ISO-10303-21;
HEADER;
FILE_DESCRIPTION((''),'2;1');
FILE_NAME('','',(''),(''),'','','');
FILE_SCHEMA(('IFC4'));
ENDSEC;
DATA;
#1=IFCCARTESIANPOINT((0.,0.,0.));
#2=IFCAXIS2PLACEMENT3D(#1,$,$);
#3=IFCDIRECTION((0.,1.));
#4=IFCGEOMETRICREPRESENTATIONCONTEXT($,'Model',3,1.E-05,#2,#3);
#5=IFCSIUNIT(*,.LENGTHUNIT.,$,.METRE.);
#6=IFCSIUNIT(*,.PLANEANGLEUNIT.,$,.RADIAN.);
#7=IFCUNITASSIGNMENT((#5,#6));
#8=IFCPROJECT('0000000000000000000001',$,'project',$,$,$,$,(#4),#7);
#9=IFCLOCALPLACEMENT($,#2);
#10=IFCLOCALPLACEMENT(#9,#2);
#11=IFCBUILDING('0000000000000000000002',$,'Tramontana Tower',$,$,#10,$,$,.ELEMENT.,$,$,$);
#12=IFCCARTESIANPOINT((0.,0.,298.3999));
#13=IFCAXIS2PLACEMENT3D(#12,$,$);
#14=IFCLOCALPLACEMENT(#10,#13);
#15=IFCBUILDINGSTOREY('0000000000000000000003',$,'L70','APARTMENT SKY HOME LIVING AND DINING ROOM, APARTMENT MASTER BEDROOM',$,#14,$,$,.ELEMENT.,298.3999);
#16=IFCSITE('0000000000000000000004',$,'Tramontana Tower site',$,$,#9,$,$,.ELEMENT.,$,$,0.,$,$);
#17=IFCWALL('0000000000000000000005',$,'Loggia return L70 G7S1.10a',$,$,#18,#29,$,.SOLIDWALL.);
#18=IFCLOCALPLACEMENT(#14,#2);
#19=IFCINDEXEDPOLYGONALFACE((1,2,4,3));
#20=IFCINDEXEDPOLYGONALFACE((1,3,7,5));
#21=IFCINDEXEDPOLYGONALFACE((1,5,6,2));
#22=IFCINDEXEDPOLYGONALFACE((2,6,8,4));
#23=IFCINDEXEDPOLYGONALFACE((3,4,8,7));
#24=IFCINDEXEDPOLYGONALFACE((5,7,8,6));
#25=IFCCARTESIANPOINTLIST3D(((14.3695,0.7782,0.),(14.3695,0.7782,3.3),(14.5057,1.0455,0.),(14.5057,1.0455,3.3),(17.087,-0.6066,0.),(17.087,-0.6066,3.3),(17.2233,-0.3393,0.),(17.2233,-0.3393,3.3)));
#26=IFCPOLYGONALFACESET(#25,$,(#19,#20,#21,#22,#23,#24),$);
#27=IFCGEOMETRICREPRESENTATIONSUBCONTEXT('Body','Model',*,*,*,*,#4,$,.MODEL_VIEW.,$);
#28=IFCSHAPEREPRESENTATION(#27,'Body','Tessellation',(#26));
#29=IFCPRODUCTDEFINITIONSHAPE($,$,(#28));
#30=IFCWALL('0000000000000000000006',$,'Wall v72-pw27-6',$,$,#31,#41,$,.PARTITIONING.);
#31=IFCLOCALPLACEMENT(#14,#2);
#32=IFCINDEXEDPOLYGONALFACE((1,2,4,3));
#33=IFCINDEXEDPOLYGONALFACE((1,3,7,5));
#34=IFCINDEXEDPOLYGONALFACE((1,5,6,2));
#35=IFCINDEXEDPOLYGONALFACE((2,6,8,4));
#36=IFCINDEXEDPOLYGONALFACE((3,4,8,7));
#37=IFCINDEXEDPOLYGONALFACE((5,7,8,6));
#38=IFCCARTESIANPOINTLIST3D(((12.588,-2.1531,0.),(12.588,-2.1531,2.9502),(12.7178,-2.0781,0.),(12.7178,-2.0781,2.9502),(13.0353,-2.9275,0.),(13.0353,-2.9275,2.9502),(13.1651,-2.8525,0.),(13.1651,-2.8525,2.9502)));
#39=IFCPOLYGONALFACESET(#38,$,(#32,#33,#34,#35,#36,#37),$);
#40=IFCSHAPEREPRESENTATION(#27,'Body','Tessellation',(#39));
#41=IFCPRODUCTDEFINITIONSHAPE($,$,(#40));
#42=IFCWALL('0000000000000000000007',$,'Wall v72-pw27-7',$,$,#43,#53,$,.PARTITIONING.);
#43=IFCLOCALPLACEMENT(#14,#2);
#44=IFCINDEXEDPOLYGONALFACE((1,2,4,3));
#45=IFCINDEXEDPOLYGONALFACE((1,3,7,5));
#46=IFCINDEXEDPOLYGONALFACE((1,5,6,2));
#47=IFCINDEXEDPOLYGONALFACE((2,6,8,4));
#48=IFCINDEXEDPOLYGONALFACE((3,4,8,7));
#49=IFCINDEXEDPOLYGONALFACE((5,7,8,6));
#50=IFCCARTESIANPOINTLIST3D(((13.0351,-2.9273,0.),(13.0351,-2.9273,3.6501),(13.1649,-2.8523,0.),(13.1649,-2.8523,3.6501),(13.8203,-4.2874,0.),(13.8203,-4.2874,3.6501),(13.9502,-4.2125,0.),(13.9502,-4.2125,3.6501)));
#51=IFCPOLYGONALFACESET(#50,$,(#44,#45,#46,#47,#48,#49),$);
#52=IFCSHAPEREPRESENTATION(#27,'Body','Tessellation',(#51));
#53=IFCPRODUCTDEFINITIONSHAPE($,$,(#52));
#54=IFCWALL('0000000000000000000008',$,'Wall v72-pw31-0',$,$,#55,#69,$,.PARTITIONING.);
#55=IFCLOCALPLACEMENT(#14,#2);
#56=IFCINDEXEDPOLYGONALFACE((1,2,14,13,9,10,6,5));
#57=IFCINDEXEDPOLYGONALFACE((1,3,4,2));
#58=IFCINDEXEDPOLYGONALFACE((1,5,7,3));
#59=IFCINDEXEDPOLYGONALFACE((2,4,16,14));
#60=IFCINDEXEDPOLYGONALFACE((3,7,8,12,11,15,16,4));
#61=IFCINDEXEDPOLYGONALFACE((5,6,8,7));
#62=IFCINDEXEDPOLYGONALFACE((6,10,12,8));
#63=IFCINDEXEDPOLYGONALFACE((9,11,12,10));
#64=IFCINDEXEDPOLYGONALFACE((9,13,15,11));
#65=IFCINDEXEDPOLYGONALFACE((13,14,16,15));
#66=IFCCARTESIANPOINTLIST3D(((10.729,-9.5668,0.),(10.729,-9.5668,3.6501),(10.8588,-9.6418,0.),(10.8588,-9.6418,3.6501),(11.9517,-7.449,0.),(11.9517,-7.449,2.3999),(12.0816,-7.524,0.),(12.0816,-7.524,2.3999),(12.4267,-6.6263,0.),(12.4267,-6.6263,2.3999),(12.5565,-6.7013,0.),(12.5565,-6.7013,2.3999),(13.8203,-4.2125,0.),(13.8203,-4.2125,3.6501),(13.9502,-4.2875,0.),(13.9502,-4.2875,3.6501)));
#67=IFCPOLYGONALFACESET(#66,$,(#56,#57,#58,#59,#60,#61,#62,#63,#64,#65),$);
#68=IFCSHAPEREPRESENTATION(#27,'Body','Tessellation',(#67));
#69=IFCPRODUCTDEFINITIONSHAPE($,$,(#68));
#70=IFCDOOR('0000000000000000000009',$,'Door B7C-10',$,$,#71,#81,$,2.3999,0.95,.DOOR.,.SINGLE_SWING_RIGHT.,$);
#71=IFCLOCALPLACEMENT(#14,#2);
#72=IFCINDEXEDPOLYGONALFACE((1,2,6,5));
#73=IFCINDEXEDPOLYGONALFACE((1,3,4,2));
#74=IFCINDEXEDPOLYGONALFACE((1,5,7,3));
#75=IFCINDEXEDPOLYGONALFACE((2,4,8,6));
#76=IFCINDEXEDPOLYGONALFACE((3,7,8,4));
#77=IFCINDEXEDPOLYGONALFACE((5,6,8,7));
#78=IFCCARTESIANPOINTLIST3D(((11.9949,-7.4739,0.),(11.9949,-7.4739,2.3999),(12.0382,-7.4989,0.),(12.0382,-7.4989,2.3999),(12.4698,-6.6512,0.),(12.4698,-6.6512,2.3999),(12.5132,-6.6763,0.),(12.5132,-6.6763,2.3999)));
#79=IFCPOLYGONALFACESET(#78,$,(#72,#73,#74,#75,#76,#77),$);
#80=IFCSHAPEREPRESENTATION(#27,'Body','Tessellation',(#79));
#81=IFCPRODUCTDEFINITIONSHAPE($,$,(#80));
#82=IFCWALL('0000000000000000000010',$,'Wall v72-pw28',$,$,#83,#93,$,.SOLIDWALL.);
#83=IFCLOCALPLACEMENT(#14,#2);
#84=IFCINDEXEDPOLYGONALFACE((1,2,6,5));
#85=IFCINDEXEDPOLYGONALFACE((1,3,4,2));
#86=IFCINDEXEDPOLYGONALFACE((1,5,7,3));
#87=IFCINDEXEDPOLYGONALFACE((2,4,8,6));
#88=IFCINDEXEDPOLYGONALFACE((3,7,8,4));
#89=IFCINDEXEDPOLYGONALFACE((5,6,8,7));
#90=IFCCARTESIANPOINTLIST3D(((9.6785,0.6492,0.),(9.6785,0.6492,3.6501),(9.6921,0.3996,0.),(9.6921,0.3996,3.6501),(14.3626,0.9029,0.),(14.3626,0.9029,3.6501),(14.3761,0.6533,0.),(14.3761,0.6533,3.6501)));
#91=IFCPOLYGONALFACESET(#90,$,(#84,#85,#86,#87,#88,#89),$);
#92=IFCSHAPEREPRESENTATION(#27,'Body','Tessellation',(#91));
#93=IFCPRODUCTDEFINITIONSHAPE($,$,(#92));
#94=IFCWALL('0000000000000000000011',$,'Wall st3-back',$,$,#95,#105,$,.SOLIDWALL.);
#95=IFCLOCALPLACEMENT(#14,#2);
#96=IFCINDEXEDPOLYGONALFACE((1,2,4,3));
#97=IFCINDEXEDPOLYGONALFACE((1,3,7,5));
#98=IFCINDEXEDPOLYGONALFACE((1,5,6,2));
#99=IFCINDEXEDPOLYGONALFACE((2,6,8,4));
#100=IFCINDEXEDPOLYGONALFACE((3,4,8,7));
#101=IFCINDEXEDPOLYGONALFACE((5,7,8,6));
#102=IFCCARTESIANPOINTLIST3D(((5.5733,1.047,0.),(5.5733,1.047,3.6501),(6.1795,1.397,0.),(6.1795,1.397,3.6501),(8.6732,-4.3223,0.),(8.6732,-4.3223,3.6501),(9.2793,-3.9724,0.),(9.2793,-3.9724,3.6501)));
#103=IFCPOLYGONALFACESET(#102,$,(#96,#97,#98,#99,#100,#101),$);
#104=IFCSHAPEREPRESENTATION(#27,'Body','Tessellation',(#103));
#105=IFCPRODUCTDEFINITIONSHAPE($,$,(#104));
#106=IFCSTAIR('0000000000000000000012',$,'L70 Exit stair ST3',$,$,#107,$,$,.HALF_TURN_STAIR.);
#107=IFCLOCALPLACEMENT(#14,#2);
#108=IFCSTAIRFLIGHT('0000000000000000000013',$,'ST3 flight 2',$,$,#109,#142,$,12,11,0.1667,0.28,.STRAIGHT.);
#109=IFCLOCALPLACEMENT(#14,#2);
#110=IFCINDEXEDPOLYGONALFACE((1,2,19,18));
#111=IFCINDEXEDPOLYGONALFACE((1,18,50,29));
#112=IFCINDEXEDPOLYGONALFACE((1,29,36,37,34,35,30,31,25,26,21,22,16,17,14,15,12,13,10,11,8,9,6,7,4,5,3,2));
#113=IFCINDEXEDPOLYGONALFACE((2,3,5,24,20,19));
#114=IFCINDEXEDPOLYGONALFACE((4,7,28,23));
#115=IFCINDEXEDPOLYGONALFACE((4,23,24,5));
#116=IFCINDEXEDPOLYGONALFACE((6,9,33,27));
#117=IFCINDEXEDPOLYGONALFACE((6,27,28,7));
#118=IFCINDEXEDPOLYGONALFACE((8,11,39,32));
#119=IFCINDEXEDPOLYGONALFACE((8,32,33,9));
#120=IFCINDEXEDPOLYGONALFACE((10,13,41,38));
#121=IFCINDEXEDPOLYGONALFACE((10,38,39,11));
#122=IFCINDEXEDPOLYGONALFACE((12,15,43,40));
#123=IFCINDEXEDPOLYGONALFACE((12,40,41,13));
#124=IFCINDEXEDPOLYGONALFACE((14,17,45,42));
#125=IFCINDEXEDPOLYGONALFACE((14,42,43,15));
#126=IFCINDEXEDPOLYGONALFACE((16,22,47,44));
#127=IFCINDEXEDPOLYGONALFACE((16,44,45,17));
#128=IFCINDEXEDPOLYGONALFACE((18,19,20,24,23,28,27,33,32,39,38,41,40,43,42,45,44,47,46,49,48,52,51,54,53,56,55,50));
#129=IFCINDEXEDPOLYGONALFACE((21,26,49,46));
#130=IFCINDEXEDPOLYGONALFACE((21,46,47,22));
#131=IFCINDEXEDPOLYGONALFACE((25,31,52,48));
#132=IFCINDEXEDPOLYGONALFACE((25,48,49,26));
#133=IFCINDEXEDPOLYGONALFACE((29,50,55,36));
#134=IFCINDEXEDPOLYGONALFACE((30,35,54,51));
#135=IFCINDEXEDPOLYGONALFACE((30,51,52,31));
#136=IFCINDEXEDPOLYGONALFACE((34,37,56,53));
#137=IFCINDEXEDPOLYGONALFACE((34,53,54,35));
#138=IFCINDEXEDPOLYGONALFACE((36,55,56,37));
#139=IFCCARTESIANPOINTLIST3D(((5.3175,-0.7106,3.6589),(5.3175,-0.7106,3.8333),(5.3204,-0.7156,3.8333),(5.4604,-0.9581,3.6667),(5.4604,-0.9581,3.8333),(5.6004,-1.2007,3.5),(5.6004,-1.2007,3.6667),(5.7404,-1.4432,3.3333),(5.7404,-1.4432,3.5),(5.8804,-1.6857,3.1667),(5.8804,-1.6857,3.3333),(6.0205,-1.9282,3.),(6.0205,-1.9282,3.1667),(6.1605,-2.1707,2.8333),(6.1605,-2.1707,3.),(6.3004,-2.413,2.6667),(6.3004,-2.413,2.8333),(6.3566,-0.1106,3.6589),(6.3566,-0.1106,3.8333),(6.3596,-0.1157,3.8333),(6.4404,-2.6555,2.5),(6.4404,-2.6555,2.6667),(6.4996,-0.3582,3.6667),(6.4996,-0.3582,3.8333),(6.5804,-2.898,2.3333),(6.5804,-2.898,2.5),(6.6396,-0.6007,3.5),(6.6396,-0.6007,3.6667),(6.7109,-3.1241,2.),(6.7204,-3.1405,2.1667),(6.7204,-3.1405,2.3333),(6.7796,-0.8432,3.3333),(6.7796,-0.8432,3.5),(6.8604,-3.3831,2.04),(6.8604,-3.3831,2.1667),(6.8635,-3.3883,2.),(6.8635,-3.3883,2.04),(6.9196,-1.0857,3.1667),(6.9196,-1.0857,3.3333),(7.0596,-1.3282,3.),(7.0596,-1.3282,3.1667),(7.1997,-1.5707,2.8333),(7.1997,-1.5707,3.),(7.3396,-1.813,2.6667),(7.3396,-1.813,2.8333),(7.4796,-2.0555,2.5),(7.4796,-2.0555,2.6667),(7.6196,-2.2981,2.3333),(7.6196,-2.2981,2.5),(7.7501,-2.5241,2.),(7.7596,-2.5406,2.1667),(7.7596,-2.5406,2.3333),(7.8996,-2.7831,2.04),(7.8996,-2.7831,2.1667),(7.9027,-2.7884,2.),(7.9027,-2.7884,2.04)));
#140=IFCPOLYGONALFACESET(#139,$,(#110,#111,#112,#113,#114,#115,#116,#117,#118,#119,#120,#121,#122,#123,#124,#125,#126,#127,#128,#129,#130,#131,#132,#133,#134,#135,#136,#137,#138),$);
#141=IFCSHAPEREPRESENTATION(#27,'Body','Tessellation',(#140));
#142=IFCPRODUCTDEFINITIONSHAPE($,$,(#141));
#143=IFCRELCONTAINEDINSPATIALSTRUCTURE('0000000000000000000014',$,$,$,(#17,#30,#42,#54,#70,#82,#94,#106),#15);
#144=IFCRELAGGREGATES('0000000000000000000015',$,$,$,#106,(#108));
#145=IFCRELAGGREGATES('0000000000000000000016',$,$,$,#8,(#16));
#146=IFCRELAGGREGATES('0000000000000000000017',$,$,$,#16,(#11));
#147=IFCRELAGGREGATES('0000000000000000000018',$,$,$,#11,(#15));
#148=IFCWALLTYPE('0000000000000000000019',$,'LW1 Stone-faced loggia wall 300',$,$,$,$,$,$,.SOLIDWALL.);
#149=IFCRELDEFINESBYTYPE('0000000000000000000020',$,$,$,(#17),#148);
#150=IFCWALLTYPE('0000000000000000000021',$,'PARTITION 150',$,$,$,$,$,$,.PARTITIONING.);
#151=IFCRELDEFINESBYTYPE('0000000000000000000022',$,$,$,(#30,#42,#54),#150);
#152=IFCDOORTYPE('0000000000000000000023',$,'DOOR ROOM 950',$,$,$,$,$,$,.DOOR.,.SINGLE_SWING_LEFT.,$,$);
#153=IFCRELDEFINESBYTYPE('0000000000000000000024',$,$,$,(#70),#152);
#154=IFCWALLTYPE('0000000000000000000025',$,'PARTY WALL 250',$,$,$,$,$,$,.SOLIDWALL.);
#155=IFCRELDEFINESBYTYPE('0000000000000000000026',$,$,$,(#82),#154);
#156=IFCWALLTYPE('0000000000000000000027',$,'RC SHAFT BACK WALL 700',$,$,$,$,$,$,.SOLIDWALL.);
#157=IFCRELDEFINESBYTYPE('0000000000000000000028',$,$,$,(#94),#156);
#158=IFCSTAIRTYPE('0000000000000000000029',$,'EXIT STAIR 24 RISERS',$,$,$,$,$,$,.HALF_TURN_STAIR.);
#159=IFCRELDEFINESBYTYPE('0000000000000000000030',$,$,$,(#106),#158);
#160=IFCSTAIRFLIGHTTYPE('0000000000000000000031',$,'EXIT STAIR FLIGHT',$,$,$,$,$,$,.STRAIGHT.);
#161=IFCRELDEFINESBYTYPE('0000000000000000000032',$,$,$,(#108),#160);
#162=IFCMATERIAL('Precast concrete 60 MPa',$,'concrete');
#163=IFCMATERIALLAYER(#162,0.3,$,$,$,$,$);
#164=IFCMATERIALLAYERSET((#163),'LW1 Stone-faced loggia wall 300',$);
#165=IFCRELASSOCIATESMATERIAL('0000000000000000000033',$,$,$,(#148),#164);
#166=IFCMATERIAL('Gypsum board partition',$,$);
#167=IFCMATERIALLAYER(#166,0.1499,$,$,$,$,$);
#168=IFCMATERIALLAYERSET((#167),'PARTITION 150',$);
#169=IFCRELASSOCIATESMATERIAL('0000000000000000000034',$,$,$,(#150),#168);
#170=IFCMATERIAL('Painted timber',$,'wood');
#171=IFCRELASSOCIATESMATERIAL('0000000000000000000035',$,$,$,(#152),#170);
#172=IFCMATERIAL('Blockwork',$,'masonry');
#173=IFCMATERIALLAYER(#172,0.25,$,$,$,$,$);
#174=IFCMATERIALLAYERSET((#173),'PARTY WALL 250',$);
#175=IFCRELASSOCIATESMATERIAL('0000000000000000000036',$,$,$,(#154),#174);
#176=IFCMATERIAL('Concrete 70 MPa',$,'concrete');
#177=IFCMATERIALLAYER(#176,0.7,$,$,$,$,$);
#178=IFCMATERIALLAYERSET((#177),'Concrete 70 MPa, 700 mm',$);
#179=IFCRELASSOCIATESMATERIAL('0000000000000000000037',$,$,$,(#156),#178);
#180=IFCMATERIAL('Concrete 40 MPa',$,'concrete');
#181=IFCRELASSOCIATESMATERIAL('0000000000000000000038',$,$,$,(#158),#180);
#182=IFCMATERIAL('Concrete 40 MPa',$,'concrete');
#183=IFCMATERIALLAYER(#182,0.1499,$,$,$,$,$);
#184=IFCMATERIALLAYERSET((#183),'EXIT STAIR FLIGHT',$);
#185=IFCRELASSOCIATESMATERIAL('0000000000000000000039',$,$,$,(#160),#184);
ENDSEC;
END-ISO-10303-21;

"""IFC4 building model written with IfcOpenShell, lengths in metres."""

from ifc_helpers import new_model, si_unit, direction, frame, frame_2d, origin, place, context, subcontext, project, spatial, polyline, rectangle, outline, extrude, material, layer, layer_set, type_object, element, fill, aggregate, save


model = new_model("IFC4")

# Units and contexts
model_context = context("Model", 3, precision=1e-05, world=origin(), true_north=direction((0.0, 1.0)))
body_context = subcontext(model_context, "Body", "Model", "MODEL_VIEW")
ifc_project = project(units=[si_unit("LENGTHUNIT", "METRE"), si_unit("PLANEANGLEUNIT", "RADIAN")], contexts=[model_context])

# Site, building, storey
site_placement = place(None, origin())
site = spatial("IfcSite", under=ifc_project, at=site_placement, Name="Tramontana Tower site", CompositionType="ELEMENT", RefElevation=0.0)
building_placement = place(site_placement, origin())
building = spatial("IfcBuilding", under=site, at=building_placement, Name="Tramontana Tower", CompositionType="ELEMENT")
storey_placement = place(building_placement, frame((0.0, 0.0, 298.3999)))
storey = spatial("IfcBuildingStorey", under=building, at=storey_placement, Name="L70", Description="APARTMENT SKY HOME LIVING AND DINING ROOM, APARTMENT MASTER BEDROOM", CompositionType="ELEMENT", Elevation=298.3999)

# Walls
ifc_material_1 = material(Name="Precast concrete 60 MPa", Category="concrete")
ifc_layer_1 = layer(ifc_material_1, 0.3)
ifc_layer_set_1 = layer_set([ifc_layer_1], Name="LW1 Stone-faced loggia wall 300")
wall_type_1 = type_object("IfcWallType", Name="LW1 Stone-faced loggia wall 300", PredefinedType="SOLIDWALL", material=ifc_layer_set_1)
wall_1_placement = place(storey_placement, frame((17.155, -0.4729, 0.0), z_axis=(0.0, 0.0, 1.0), x_axis=(-0.890991, 0.454021, 0.0)))
element("IfcWall", 1, at=wall_1_placement, inside=storey, type_object=wall_type_1, Name="Loggia return L70 G7S1.10a", PredefinedType="SOLIDWALL", context=body_context, shape_type="SweptSolid", body=[
    extrude(rectangle(XDim=3.05, YDim=0.3, at=frame_2d((1.5249, 0.0))), origin(), (0.0, 0.0, 1.0), 3.3),
])
ifc_material_2 = material(Name="Gypsum board partition")
ifc_layer_2 = layer(ifc_material_2, 0.1499)
ifc_layer_set_2 = layer_set([ifc_layer_2], Name="PARTITION 150")
wall_type_2 = type_object("IfcWallType", Name="PARTITION 150", PredefinedType="PARTITIONING", material=ifc_layer_set_2)
wall_2_placement = place(storey_placement, frame((12.6528, -2.1155, 0.0), z_axis=(0.0, 0.0, 1.0), x_axis=(0.500132, -0.865949, 0.0)))
element("IfcWall", 2, at=wall_2_placement, inside=storey, type_object=wall_type_2, Name="Wall v72-pw27-6", PredefinedType="PARTITIONING", context=body_context, shape_type="SweptSolid", body=[
    extrude(rectangle(XDim=0.8943, YDim=0.1499, at=frame_2d((0.4473, 0.0))), origin(), (0.0, 0.0, 1.0), 2.9502),
])
wall_3_placement = place(storey_placement, frame((13.1001, -2.8899, 0.0), z_axis=(0.0, 0.0, 1.0), x_axis=(0.499951, -0.866054, 0.0)))
element("IfcWall", 3, at=wall_3_placement, inside=storey, type_object=wall_type_2, Name="Wall v72-pw27-7", PredefinedType="PARTITIONING", context=body_context, shape_type="SweptSolid", body=[
    extrude(rectangle(XDim=1.5706, YDim=0.1499, at=frame_2d((0.7852, 0.0))), origin(), (0.0, 0.0, 1.0), 3.6501),
])

# Wall, opening, door
wall_4_placement = place(storey_placement, frame((13.8853, -4.25, 0.0), z_axis=(0.0, 0.0, 1.0), x_axis=(-0.500004, -0.866023, 0.0)))
wall_4 = element("IfcWall", 4, at=wall_4_placement, inside=storey, type_object=wall_type_2, Name="Wall v72-pw31-0", PredefinedType="PARTITIONING", context=body_context, shape_type="SweptSolid", body=[
    extrude(rectangle(XDim=6.1826, YDim=0.1499, at=frame_2d((3.0913, 0.0))), origin(), (0.0, 0.0, 1.0), 3.6501),
])
opening_1_placement = place(wall_4_placement, frame((2.7871, 0.0, 0.0)))
opening_1 = element("IfcOpeningElement", 5, at=opening_1_placement, cuts=wall_4, PredefinedType="OPENING", context=body_context, shape_type="SweptSolid", body=[
    extrude(rectangle(XDim=0.95, YDim=2.3999, at=frame_2d((0.4751, 1.2))), frame((0.0, 0.085, 0.0), z_axis=(0.0, -1.0, 0.0), x_axis=(1.0, 0.0, 0.0)), (0.0, 0.0, 1.0), 0.1699),
])
ifc_material_3 = material(Name="Painted timber", Category="wood")
door_type_1 = type_object("IfcDoorType", Name="DOOR ROOM 950", OperationType="SINGLE_SWING_LEFT", PredefinedType="DOOR", material=ifc_material_3)
door_1_placement = place(opening_1_placement, origin())
door_1 = element("IfcDoor", 6, at=door_1_placement, inside=storey, type_object=door_type_1, Name="Door B7C-10", OperationType="SINGLE_SWING_RIGHT", OverallHeight=2.3999, OverallWidth=0.95, PredefinedType="DOOR", context=body_context, shape_type="SweptSolid", body=[
    extrude(rectangle(XDim=0.95, YDim=2.3999, at=frame_2d((0.4751, 1.2))), frame((0.0, 0.0249, 0.0), z_axis=(0.0, -1.0, 0.0), x_axis=(1.0, 0.0, 0.0)), (0.0, 0.0, 1.0), 0.05),
])
fill(opening_1, door_1)

# Walls
ifc_material_4 = material(Name="Blockwork", Category="masonry")
ifc_layer_3 = layer(ifc_material_4, 0.25)
ifc_layer_set_3 = layer_set([ifc_layer_3], Name="PARTY WALL 250")
wall_type_3 = type_object("IfcWallType", Name="PARTY WALL 250", PredefinedType="SOLIDWALL", material=ifc_layer_set_3)
wall_5_placement = place(storey_placement, frame((9.6853, 0.5244, 0.0), z_axis=(0.0, 0.0, 1.0), x_axis=(0.998537, 0.054075, 0.0)))
element("IfcWall", 7, at=wall_5_placement, inside=storey, type_object=wall_type_3, Name="Wall v72-pw28", PredefinedType="SOLIDWALL", context=body_context, shape_type="SweptSolid", body=[
    extrude(rectangle(XDim=4.6909, YDim=0.25, at=frame_2d((2.3455, 0.0))), origin(), (0.0, 0.0, 1.0), 3.6501),
])
ifc_material_5 = material(Name="Concrete 70 MPa", Category="concrete")
ifc_layer_4 = layer(ifc_material_5, 0.7)
ifc_layer_set_4 = layer_set([ifc_layer_4], Name="Concrete 70 MPa, 700 mm")
wall_type_4 = type_object("IfcWallType", Name="RC SHAFT BACK WALL 700", PredefinedType="SOLIDWALL", material=ifc_layer_set_4)
wall_6_placement = place(storey_placement, frame((8.9763, -4.1475, 0.0), z_axis=(0.0, 0.0, 1.0), x_axis=(-0.49998, 0.866037, 0.0)))
element("IfcWall", 8, at=wall_6_placement, inside=storey, type_object=wall_type_4, Name="Wall st3-back", PredefinedType="SOLIDWALL", context=body_context, shape_type="SweptSolid", body=[
    extrude(rectangle(XDim=6.2, YDim=0.7, at=frame_2d((3.1001, 0.0))), origin(), (0.0, 0.0, 1.0), 3.6501),
])

# Stair, stair flight
ifc_material_6 = material(Name="Concrete 40 MPa", Category="concrete")
stair_type = type_object("IfcStairType", Name="EXIT STAIR 24 RISERS", PredefinedType="HALF_TURN_STAIR", material=ifc_material_6)
stair_placement = place(storey_placement, origin())
stair = element("IfcStair", 9, at=stair_placement, inside=storey, type_object=stair_type, Name="L70 Exit stair ST3", PredefinedType="HALF_TURN_STAIR")
ifc_material_7 = material(Name="Concrete 40 MPa", Category="concrete")
ifc_layer_5 = layer(ifc_material_7, 0.1499)
ifc_layer_set_5 = layer_set([ifc_layer_5], Name="EXIT STAIR FLIGHT")
stair_flight_type = type_object("IfcStairFlightType", Name="EXIT STAIR FLIGHT", PredefinedType="STRAIGHT", material=ifc_layer_set_5)
stair_flight_placement = place(storey_placement, frame((7.3801, -3.083, 2.0), z_axis=(0.0, 0.0, 1.0), x_axis=(-0.5, 0.866025, 0.0)))
stair_flight = element("IfcStairFlight", 10, at=stair_flight_placement, type_object=stair_flight_type, Name="ST3 flight 2", NumberOfRisers=12, NumberOfTreads=11, PredefinedType="STRAIGHT", RiserHeight=0.1667, TreadLength=0.28, context=body_context, shape_type="SweptSolid", body=[
    extrude(outline(polyline([(-0.0061, 0.0), (-0.0061, 0.04), (0.0, 0.04), (0.0, 0.1667), (0.28, 0.1667), (0.28, 0.3333), (0.5601, 0.3333), (0.5601, 0.5), (0.8401, 0.5), (0.8401, 0.6667), (1.1201, 0.6667), (1.1201, 0.8333), (1.3999, 0.8333), (1.3999, 1.0), (1.6799, 1.0), (1.6799, 1.1667), (1.96, 1.1667), (1.96, 1.3333), (2.24, 1.3333), (2.24, 1.5), (2.52, 1.5), (2.52, 1.6667), (2.8, 1.6667), (2.8, 1.8333), (3.0801, 1.8333), (3.0859, 1.8333), (3.0859, 1.6589), (0.2991, 0.0), (-0.0061, 0.0)])), frame((0.0, 0.6001, 0.0), z_axis=(0.0, -1.0, 0.0), x_axis=(1.0, 0.0, 0.0)), (0.0, 0.0, 1.0), 1.2),
])
aggregate(stair, [stair_flight])

save(model, "model.ifc")
